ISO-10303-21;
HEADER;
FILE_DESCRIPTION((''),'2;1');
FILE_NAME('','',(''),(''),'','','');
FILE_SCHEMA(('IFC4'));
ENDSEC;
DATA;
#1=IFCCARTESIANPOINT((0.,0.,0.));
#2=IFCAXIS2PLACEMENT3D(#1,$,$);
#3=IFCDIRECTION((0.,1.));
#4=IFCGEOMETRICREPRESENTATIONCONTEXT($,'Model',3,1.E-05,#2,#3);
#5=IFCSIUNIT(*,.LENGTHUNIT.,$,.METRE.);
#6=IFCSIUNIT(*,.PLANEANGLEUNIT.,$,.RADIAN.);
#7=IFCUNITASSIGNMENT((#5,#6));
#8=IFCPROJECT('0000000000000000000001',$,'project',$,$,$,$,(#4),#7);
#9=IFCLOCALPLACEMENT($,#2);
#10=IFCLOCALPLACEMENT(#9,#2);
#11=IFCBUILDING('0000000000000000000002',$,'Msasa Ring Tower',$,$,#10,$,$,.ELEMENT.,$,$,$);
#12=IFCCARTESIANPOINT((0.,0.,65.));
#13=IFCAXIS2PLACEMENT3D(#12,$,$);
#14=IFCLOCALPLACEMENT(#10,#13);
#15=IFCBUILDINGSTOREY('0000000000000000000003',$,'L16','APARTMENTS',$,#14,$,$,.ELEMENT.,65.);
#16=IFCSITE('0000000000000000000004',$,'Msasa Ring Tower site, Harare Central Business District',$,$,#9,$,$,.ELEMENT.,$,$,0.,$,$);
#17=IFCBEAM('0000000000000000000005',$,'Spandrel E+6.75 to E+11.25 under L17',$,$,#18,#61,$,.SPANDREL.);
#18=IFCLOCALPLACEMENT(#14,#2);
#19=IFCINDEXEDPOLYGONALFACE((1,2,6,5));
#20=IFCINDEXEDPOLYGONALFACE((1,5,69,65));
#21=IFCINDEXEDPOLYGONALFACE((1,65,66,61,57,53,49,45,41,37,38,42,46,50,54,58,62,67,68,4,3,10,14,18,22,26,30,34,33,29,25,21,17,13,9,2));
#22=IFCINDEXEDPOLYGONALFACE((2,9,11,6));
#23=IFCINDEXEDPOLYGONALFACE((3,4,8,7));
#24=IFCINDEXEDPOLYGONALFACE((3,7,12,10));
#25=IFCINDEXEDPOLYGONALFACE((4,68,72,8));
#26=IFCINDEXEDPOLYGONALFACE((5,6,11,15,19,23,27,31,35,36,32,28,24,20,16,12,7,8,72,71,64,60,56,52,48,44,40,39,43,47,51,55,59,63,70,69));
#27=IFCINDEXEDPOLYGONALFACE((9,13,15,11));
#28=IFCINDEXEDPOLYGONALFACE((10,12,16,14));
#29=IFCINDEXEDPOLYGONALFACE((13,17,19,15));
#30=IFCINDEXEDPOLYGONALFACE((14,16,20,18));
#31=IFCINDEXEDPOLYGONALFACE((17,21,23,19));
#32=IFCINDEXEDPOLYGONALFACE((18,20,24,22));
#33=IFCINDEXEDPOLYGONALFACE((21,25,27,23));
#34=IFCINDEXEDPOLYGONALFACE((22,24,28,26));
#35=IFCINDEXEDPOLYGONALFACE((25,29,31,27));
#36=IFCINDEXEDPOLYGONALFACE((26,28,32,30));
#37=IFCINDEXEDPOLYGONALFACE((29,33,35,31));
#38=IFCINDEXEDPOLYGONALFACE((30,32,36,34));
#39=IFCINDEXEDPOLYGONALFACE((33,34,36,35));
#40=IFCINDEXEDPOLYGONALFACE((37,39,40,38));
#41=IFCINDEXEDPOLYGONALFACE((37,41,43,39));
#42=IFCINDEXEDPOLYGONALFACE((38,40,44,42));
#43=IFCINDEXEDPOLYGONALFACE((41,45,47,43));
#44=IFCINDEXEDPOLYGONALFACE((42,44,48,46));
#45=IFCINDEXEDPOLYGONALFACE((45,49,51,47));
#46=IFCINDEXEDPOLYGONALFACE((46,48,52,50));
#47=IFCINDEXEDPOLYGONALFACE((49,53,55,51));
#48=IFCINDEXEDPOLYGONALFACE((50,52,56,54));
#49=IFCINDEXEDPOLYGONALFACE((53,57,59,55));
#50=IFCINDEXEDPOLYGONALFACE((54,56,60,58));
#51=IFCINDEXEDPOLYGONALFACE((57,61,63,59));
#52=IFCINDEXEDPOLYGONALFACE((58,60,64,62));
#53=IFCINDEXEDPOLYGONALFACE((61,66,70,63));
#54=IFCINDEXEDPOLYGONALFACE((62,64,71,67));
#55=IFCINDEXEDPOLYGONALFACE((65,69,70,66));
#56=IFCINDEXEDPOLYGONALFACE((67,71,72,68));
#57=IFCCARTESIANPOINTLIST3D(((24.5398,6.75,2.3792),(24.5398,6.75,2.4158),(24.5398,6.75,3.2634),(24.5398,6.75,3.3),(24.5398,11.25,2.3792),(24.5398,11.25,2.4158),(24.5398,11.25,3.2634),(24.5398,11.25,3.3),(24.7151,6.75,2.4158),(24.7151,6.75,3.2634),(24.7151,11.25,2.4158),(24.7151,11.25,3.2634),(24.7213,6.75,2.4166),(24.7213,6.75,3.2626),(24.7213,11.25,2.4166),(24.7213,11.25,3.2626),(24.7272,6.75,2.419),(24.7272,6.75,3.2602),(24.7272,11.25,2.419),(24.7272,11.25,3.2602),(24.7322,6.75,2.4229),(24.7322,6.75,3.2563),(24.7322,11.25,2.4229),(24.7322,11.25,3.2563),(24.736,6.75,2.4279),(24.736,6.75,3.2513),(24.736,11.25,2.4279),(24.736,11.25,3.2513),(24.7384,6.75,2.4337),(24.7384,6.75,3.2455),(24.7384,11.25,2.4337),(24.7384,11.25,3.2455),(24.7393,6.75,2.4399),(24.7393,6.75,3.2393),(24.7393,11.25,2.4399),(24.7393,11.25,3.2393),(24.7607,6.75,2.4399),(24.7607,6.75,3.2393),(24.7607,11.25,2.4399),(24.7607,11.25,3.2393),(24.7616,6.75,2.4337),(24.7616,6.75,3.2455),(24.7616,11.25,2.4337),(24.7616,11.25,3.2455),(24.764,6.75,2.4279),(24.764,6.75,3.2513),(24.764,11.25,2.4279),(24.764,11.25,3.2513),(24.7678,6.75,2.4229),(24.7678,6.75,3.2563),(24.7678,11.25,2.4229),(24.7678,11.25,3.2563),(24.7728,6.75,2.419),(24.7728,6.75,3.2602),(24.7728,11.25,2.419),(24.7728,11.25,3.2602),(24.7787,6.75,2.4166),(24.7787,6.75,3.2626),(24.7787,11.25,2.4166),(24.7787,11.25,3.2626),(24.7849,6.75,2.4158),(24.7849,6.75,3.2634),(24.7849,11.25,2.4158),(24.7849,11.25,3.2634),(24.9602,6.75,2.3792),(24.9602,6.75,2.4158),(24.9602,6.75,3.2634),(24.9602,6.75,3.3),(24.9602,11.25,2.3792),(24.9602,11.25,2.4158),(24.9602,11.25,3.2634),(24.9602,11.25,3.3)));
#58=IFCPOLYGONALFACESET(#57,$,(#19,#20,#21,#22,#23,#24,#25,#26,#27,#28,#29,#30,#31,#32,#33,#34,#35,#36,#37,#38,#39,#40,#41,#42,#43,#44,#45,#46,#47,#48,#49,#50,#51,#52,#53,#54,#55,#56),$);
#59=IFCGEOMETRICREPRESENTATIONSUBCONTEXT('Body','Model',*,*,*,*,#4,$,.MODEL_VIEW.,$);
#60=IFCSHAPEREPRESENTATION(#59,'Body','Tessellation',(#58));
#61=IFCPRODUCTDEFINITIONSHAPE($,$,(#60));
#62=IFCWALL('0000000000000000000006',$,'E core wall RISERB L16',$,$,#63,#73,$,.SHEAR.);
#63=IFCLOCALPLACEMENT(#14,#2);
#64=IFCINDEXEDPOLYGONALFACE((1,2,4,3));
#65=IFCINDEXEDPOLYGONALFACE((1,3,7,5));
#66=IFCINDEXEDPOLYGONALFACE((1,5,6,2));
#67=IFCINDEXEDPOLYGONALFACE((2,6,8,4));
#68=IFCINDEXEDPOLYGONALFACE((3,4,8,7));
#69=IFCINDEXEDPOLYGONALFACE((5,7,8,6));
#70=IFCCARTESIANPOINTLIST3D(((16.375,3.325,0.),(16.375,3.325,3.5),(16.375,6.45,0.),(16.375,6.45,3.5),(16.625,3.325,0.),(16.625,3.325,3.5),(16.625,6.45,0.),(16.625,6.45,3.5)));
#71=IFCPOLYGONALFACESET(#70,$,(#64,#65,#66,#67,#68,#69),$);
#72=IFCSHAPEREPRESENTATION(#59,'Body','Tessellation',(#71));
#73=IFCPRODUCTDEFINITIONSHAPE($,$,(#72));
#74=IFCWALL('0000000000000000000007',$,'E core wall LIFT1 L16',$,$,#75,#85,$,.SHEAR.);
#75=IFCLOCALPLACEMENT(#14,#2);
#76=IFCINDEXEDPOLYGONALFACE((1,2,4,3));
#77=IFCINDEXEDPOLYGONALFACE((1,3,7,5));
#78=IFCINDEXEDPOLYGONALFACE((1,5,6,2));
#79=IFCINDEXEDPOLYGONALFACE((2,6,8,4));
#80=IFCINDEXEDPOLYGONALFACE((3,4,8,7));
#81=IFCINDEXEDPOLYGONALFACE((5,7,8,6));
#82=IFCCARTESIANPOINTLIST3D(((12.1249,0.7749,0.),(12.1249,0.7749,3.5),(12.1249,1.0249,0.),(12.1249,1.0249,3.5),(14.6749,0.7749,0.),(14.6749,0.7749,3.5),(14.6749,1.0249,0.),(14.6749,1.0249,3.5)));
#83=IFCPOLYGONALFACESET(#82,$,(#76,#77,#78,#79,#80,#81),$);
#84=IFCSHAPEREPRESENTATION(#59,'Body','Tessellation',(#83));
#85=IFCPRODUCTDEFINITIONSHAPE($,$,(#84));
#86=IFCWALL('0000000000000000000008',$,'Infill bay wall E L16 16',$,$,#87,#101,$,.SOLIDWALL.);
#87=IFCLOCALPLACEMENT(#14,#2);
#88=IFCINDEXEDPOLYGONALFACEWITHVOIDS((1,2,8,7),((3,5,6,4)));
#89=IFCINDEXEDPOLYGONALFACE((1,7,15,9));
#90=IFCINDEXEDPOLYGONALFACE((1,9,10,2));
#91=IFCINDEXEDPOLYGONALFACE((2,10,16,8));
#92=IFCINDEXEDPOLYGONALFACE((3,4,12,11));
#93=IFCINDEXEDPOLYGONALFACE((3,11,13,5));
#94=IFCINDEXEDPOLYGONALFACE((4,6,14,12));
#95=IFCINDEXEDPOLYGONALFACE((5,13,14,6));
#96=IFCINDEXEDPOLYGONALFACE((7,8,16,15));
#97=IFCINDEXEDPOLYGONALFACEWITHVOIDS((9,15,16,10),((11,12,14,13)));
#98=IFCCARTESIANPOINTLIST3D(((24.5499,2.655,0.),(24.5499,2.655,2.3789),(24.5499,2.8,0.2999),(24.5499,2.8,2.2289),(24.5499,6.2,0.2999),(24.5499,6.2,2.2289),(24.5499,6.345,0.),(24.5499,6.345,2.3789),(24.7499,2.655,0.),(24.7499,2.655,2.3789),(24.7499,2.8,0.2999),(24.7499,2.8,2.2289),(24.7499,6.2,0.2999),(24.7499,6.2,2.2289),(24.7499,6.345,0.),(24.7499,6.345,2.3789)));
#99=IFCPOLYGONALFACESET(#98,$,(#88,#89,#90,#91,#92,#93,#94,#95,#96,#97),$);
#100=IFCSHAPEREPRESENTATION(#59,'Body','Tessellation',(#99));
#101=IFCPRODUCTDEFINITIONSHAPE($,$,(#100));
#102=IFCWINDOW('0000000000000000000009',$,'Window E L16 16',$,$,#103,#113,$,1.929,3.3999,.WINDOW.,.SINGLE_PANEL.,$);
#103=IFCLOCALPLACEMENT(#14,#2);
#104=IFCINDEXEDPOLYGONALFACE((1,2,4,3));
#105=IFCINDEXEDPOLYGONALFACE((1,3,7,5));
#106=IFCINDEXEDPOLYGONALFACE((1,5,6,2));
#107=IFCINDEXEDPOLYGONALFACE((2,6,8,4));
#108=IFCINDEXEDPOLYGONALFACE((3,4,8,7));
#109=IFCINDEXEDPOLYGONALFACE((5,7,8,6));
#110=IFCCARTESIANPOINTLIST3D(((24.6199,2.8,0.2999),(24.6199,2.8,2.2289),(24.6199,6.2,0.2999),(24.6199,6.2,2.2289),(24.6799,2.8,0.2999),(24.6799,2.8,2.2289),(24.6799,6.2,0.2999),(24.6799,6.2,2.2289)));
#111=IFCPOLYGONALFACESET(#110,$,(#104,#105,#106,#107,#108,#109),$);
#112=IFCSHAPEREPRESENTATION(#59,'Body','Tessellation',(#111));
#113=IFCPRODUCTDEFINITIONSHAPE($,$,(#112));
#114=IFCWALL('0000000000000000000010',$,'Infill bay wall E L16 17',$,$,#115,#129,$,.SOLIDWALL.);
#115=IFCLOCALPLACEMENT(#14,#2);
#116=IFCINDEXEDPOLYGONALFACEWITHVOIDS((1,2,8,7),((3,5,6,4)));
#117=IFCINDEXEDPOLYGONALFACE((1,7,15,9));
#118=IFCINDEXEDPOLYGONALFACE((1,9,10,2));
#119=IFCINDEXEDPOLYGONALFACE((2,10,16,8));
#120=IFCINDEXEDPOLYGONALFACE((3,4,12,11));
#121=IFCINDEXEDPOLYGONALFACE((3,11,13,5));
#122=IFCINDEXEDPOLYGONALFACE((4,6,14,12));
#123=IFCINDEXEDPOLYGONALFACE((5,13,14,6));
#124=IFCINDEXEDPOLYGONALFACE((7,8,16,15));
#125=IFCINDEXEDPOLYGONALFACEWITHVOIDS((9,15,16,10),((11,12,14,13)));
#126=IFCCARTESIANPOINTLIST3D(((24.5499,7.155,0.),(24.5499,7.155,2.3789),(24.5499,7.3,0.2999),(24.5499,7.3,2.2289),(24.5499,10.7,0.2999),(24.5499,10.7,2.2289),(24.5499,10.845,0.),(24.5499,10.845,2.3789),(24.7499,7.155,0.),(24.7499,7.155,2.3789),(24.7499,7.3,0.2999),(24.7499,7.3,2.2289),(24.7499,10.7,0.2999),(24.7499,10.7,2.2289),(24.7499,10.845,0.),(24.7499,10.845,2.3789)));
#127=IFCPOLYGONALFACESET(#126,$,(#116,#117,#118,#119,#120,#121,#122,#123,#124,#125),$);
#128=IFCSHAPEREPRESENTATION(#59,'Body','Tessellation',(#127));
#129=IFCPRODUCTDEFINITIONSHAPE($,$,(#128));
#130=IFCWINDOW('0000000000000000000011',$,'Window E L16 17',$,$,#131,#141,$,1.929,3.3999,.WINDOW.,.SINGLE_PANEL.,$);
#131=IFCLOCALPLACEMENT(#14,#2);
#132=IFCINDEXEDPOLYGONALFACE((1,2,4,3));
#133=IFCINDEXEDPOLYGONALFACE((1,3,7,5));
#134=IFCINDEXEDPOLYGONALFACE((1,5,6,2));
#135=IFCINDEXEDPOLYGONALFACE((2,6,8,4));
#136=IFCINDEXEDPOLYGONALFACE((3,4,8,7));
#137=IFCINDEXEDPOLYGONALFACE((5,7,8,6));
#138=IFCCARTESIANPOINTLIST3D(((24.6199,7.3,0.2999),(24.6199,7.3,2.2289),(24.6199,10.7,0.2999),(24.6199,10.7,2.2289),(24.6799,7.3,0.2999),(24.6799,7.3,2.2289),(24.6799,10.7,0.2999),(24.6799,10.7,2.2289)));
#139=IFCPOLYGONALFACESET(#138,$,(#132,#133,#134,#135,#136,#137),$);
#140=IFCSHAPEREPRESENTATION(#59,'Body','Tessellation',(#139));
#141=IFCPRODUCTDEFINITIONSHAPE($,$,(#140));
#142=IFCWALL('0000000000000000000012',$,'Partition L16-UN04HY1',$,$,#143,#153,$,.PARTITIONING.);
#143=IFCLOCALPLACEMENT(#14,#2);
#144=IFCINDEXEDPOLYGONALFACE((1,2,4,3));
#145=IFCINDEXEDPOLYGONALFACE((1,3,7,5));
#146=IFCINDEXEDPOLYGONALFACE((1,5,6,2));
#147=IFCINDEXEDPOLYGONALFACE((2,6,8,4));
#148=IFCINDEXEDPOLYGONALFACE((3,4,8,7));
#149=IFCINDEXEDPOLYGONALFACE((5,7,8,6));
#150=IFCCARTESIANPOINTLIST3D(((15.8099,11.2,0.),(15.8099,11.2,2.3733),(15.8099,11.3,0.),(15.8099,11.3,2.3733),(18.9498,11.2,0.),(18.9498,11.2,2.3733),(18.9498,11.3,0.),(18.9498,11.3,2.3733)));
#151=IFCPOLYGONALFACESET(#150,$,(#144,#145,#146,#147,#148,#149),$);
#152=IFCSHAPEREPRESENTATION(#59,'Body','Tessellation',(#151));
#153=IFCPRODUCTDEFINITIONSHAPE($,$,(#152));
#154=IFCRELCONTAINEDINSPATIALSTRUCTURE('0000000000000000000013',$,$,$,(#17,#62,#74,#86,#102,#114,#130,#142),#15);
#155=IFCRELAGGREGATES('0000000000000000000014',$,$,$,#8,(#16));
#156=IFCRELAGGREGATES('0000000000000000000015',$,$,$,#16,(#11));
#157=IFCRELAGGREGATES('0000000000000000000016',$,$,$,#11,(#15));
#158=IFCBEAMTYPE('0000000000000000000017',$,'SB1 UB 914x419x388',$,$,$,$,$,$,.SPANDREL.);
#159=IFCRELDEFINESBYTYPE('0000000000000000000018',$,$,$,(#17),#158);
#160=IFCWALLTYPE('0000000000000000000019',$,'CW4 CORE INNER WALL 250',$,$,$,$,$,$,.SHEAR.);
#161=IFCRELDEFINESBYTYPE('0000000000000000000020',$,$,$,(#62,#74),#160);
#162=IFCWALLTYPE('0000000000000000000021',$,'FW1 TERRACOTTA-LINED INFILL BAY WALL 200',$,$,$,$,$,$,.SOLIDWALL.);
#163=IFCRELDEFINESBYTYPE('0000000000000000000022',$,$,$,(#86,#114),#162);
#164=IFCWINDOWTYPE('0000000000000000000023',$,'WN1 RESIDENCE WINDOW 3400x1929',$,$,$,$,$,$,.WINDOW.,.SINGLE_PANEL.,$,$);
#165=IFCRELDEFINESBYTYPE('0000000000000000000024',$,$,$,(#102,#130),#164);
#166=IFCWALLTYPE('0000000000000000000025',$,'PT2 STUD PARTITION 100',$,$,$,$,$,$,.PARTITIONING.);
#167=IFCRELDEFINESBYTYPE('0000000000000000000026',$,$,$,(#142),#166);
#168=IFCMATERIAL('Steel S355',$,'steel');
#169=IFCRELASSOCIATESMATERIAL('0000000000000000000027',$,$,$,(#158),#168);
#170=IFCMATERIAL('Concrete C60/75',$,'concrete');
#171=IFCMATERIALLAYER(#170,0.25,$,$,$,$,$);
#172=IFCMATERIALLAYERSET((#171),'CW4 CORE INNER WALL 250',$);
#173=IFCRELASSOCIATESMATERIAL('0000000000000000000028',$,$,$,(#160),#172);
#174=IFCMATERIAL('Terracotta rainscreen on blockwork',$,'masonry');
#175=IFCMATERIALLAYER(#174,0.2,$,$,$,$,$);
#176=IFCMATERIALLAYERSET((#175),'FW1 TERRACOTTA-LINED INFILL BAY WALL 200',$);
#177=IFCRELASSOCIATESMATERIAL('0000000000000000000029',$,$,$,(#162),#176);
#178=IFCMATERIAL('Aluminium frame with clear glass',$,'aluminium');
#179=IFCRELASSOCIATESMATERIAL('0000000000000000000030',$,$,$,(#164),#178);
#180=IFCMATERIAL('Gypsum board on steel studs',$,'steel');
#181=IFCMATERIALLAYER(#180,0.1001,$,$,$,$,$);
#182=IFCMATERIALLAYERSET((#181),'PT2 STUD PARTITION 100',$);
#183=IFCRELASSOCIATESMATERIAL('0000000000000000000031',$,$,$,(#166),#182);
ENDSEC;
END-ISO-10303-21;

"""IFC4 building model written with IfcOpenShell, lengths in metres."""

from ifc_helpers import new_model, si_unit, direction, frame, frame_2d, origin, origin_2d, place, context, subcontext, project, spatial, rectangle, i_section, extrude, material, layer, layer_set, material_profile, profile_set, type_object, element, fill, save


model = new_model("IFC4")

# Units and contexts
model_context = context("Model", 3, precision=1e-05, world=origin(), true_north=direction((0.0, 1.0)))
body_context = subcontext(model_context, "Body", "Model", "MODEL_VIEW")
ifc_project = project(units=[si_unit("LENGTHUNIT", "METRE"), si_unit("PLANEANGLEUNIT", "RADIAN")], contexts=[model_context])

# Site, building, storey
site_placement = place(None, origin())
site = spatial("IfcSite", under=ifc_project, at=site_placement, Name="Msasa Ring Tower site, Harare Central Business District", CompositionType="ELEMENT", RefElevation=0.0)
building_placement = place(site_placement, origin())
building = spatial("IfcBuilding", under=site, at=building_placement, Name="Msasa Ring Tower", CompositionType="ELEMENT")
storey_placement = place(building_placement, frame((0.0, 0.0, 65.0)))
storey = spatial("IfcBuildingStorey", under=building, at=storey_placement, Name="L16", Description="APARTMENTS", CompositionType="ELEMENT", Elevation=65.0)

# Beam
ifc_material_1 = material(Name="Steel S355", Category="steel")
ifc_material_profile_1 = material_profile(ifc_material_1, i_section(OverallWidth=0.4204, OverallDepth=0.9209, WebThickness=0.0215, FlangeThickness=0.0366, FilletRadius=0.0242, at=origin_2d()), Name="UB 914x419x388")
ifc_profile_set_1 = profile_set([ifc_material_profile_1], Name="Steel S355")
beam_type_1 = type_object("IfcBeamType", Name="SB1 UB 914x419x388", PredefinedType="SPANDREL", material=ifc_profile_set_1)
for number, where, z_axis, x_axis, name in (
    (1, (24.75, 6.75, 2.8396), (0.0, 1.0, 0.0), (-1.0, 0.0, 0.0), "Spandrel E+6.75 to E+11.25 under L17"),
):
    element("IfcBeam", number, at=place(storey_placement, frame(where, z_axis=z_axis, x_axis=x_axis)), inside=storey, type_object=beam_type_1, Name=name, PredefinedType="SPANDREL", context=body_context, shape_type="SweptSolid", body=[
        extrude(i_section(OverallWidth=0.4204, OverallDepth=0.9209, WebThickness=0.0215, FlangeThickness=0.0366, FilletRadius=0.0242, at=origin_2d()), origin(), (0.0, 0.0, 1.0), 4.5),
    ])

# Walls
ifc_material_2 = material(Name="Concrete C60/75", Category="concrete")
ifc_layer_1 = layer(ifc_material_2, 0.25)
ifc_layer_set_1 = layer_set([ifc_layer_1], Name="CW4 CORE INNER WALL 250")
wall_type_1 = type_object("IfcWallType", Name="CW4 CORE INNER WALL 250", PredefinedType="SHEAR", material=ifc_layer_set_1)
wall_1_placement = place(storey_placement, frame((16.5, 3.325, 0.0), z_axis=(0.0, 0.0, 1.0), x_axis=(0.0, 1.0, 0.0)))
element("IfcWall", 2, at=wall_1_placement, inside=storey, type_object=wall_type_1, Name="E core wall RISERB L16", PredefinedType="SHEAR", context=body_context, shape_type="SweptSolid", body=[
    extrude(rectangle(XDim=3.125, YDim=0.25, at=frame_2d((1.5625, 0.0))), origin(), (0.0, 0.0, 1.0), 3.5),
])
wall_2_placement = place(storey_placement, frame((12.125, 0.8999, 0.0), z_axis=(0.0, 0.0, 1.0), x_axis=(1.0, 0.0, 0.0)))
element("IfcWall", 3, at=wall_2_placement, inside=storey, type_object=wall_type_1, Name="E core wall LIFT1 L16", PredefinedType="SHEAR", context=body_context, shape_type="SweptSolid", body=[
    extrude(rectangle(XDim=2.55, YDim=0.25, at=frame_2d((1.2749, 0.0))), origin(), (0.0, 0.0, 1.0), 3.5),
])

# Walls, openings, windows
ifc_material_3 = material(Name="Terracotta rainscreen on blockwork", Category="masonry")
ifc_layer_2 = layer(ifc_material_3, 0.2)
ifc_layer_set_2 = layer_set([ifc_layer_2], Name="FW1 TERRACOTTA-LINED INFILL BAY WALL 200")
wall_type_2 = type_object("IfcWallType", Name="FW1 TERRACOTTA-LINED INFILL BAY WALL 200", PredefinedType="SOLIDWALL", material=ifc_layer_set_2)
wall_3_placement = place(storey_placement, frame((24.6499, 2.655, 0.0), z_axis=(0.0, 0.0, 1.0), x_axis=(0.0, 1.0, 0.0)))
wall_3 = element("IfcWall", 4, at=wall_3_placement, inside=storey, type_object=wall_type_2, Name="Infill bay wall E L16 16", PredefinedType="SOLIDWALL", context=body_context, shape_type="SweptSolid", body=[
    extrude(rectangle(XDim=3.6899, YDim=0.2, at=frame_2d((1.845, 0.0))), origin(), (0.0, 0.0, 1.0), 2.3789),
])
opening_1_placement = place(wall_3_placement, frame((0.145, 0.0, 0.3)))
opening_1 = element("IfcOpeningElement", 5, at=opening_1_placement, cuts=wall_3, PredefinedType="OPENING", context=body_context, shape_type="SweptSolid", body=[
    extrude(rectangle(XDim=3.3999, YDim=1.929, at=frame_2d((1.7, 0.9644))), frame((0.0, 0.1099, 0.0), z_axis=(0.0, -1.0, 0.0), x_axis=(1.0, 0.0, 0.0)), (0.0, 0.0, 1.0), 0.22),
])
ifc_material_4 = material(Name="Aluminium frame with clear glass", Category="aluminium")
window_type = type_object("IfcWindowType", Name="WN1 RESIDENCE WINDOW 3400x1929", PartitioningType="SINGLE_PANEL", PredefinedType="WINDOW", material=ifc_material_4)
window_1_placement = place(opening_1_placement, origin())
window_1 = element("IfcWindow", 6, at=window_1_placement, inside=storey, type_object=window_type, Name="Window E L16 16", OverallHeight=1.929, OverallWidth=3.3999, PartitioningType="SINGLE_PANEL", PredefinedType="WINDOW", context=body_context, shape_type="SweptSolid", body=[
    extrude(rectangle(XDim=3.3999, YDim=1.929, at=frame_2d((1.7, 0.9644))), frame((0.0, 0.03, 0.0), z_axis=(0.0, -1.0, 0.0), x_axis=(1.0, 0.0, 0.0)), (0.0, 0.0, 1.0), 0.0601),
])
fill(opening_1, window_1)
wall_4_placement = place(storey_placement, frame((24.6499, 7.155, 0.0), z_axis=(0.0, 0.0, 1.0), x_axis=(0.0, 1.0, 0.0)))
wall_4 = element("IfcWall", 7, at=wall_4_placement, inside=storey, type_object=wall_type_2, Name="Infill bay wall E L16 17", PredefinedType="SOLIDWALL", context=body_context, shape_type="SweptSolid", body=[
    extrude(rectangle(XDim=3.6899, YDim=0.2, at=frame_2d((1.845, 0.0))), origin(), (0.0, 0.0, 1.0), 2.3789),
])
opening_2_placement = place(wall_4_placement, frame((0.145, 0.0, 0.3)))
opening_2 = element("IfcOpeningElement", 8, at=opening_2_placement, cuts=wall_4, PredefinedType="OPENING", context=body_context, shape_type="SweptSolid", body=[
    extrude(rectangle(XDim=3.3999, YDim=1.929, at=frame_2d((1.7, 0.9644))), frame((0.0, 0.1099, 0.0), z_axis=(0.0, -1.0, 0.0), x_axis=(1.0, 0.0, 0.0)), (0.0, 0.0, 1.0), 0.22),
])
window_2_placement = place(opening_2_placement, origin())
window_2 = element("IfcWindow", 9, at=window_2_placement, inside=storey, type_object=window_type, Name="Window E L16 17", OverallHeight=1.929, OverallWidth=3.3999, PartitioningType="SINGLE_PANEL", PredefinedType="WINDOW", context=body_context, shape_type="SweptSolid", body=[
    extrude(rectangle(XDim=3.3999, YDim=1.929, at=frame_2d((1.7, 0.9644))), frame((0.0, 0.03, 0.0), z_axis=(0.0, -1.0, 0.0), x_axis=(1.0, 0.0, 0.0)), (0.0, 0.0, 1.0), 0.0601),
])
fill(opening_2, window_2)

# Wall
ifc_material_5 = material(Name="Gypsum board on steel studs", Category="steel")
ifc_layer_3 = layer(ifc_material_5, 0.1001)
ifc_layer_set_3 = layer_set([ifc_layer_3], Name="PT2 STUD PARTITION 100")
wall_type_3 = type_object("IfcWallType", Name="PT2 STUD PARTITION 100", PredefinedType="PARTITIONING", material=ifc_layer_set_3)
wall_5_placement = place(storey_placement, frame((15.8101, 11.25, 0.0), z_axis=(0.0, 0.0, 1.0), x_axis=(1.0, 0.0, 0.0)))
element("IfcWall", 10, at=wall_5_placement, inside=storey, type_object=wall_type_3, Name="Partition L16-UN04HY1", PredefinedType="PARTITIONING", context=body_context, shape_type="SweptSolid", body=[
    extrude(rectangle(XDim=3.1399, YDim=0.1001, at=frame_2d((1.5698, 0.0))), origin(), (0.0, 0.0, 1.0), 2.3733),
])

save(model, "model.ifc")
